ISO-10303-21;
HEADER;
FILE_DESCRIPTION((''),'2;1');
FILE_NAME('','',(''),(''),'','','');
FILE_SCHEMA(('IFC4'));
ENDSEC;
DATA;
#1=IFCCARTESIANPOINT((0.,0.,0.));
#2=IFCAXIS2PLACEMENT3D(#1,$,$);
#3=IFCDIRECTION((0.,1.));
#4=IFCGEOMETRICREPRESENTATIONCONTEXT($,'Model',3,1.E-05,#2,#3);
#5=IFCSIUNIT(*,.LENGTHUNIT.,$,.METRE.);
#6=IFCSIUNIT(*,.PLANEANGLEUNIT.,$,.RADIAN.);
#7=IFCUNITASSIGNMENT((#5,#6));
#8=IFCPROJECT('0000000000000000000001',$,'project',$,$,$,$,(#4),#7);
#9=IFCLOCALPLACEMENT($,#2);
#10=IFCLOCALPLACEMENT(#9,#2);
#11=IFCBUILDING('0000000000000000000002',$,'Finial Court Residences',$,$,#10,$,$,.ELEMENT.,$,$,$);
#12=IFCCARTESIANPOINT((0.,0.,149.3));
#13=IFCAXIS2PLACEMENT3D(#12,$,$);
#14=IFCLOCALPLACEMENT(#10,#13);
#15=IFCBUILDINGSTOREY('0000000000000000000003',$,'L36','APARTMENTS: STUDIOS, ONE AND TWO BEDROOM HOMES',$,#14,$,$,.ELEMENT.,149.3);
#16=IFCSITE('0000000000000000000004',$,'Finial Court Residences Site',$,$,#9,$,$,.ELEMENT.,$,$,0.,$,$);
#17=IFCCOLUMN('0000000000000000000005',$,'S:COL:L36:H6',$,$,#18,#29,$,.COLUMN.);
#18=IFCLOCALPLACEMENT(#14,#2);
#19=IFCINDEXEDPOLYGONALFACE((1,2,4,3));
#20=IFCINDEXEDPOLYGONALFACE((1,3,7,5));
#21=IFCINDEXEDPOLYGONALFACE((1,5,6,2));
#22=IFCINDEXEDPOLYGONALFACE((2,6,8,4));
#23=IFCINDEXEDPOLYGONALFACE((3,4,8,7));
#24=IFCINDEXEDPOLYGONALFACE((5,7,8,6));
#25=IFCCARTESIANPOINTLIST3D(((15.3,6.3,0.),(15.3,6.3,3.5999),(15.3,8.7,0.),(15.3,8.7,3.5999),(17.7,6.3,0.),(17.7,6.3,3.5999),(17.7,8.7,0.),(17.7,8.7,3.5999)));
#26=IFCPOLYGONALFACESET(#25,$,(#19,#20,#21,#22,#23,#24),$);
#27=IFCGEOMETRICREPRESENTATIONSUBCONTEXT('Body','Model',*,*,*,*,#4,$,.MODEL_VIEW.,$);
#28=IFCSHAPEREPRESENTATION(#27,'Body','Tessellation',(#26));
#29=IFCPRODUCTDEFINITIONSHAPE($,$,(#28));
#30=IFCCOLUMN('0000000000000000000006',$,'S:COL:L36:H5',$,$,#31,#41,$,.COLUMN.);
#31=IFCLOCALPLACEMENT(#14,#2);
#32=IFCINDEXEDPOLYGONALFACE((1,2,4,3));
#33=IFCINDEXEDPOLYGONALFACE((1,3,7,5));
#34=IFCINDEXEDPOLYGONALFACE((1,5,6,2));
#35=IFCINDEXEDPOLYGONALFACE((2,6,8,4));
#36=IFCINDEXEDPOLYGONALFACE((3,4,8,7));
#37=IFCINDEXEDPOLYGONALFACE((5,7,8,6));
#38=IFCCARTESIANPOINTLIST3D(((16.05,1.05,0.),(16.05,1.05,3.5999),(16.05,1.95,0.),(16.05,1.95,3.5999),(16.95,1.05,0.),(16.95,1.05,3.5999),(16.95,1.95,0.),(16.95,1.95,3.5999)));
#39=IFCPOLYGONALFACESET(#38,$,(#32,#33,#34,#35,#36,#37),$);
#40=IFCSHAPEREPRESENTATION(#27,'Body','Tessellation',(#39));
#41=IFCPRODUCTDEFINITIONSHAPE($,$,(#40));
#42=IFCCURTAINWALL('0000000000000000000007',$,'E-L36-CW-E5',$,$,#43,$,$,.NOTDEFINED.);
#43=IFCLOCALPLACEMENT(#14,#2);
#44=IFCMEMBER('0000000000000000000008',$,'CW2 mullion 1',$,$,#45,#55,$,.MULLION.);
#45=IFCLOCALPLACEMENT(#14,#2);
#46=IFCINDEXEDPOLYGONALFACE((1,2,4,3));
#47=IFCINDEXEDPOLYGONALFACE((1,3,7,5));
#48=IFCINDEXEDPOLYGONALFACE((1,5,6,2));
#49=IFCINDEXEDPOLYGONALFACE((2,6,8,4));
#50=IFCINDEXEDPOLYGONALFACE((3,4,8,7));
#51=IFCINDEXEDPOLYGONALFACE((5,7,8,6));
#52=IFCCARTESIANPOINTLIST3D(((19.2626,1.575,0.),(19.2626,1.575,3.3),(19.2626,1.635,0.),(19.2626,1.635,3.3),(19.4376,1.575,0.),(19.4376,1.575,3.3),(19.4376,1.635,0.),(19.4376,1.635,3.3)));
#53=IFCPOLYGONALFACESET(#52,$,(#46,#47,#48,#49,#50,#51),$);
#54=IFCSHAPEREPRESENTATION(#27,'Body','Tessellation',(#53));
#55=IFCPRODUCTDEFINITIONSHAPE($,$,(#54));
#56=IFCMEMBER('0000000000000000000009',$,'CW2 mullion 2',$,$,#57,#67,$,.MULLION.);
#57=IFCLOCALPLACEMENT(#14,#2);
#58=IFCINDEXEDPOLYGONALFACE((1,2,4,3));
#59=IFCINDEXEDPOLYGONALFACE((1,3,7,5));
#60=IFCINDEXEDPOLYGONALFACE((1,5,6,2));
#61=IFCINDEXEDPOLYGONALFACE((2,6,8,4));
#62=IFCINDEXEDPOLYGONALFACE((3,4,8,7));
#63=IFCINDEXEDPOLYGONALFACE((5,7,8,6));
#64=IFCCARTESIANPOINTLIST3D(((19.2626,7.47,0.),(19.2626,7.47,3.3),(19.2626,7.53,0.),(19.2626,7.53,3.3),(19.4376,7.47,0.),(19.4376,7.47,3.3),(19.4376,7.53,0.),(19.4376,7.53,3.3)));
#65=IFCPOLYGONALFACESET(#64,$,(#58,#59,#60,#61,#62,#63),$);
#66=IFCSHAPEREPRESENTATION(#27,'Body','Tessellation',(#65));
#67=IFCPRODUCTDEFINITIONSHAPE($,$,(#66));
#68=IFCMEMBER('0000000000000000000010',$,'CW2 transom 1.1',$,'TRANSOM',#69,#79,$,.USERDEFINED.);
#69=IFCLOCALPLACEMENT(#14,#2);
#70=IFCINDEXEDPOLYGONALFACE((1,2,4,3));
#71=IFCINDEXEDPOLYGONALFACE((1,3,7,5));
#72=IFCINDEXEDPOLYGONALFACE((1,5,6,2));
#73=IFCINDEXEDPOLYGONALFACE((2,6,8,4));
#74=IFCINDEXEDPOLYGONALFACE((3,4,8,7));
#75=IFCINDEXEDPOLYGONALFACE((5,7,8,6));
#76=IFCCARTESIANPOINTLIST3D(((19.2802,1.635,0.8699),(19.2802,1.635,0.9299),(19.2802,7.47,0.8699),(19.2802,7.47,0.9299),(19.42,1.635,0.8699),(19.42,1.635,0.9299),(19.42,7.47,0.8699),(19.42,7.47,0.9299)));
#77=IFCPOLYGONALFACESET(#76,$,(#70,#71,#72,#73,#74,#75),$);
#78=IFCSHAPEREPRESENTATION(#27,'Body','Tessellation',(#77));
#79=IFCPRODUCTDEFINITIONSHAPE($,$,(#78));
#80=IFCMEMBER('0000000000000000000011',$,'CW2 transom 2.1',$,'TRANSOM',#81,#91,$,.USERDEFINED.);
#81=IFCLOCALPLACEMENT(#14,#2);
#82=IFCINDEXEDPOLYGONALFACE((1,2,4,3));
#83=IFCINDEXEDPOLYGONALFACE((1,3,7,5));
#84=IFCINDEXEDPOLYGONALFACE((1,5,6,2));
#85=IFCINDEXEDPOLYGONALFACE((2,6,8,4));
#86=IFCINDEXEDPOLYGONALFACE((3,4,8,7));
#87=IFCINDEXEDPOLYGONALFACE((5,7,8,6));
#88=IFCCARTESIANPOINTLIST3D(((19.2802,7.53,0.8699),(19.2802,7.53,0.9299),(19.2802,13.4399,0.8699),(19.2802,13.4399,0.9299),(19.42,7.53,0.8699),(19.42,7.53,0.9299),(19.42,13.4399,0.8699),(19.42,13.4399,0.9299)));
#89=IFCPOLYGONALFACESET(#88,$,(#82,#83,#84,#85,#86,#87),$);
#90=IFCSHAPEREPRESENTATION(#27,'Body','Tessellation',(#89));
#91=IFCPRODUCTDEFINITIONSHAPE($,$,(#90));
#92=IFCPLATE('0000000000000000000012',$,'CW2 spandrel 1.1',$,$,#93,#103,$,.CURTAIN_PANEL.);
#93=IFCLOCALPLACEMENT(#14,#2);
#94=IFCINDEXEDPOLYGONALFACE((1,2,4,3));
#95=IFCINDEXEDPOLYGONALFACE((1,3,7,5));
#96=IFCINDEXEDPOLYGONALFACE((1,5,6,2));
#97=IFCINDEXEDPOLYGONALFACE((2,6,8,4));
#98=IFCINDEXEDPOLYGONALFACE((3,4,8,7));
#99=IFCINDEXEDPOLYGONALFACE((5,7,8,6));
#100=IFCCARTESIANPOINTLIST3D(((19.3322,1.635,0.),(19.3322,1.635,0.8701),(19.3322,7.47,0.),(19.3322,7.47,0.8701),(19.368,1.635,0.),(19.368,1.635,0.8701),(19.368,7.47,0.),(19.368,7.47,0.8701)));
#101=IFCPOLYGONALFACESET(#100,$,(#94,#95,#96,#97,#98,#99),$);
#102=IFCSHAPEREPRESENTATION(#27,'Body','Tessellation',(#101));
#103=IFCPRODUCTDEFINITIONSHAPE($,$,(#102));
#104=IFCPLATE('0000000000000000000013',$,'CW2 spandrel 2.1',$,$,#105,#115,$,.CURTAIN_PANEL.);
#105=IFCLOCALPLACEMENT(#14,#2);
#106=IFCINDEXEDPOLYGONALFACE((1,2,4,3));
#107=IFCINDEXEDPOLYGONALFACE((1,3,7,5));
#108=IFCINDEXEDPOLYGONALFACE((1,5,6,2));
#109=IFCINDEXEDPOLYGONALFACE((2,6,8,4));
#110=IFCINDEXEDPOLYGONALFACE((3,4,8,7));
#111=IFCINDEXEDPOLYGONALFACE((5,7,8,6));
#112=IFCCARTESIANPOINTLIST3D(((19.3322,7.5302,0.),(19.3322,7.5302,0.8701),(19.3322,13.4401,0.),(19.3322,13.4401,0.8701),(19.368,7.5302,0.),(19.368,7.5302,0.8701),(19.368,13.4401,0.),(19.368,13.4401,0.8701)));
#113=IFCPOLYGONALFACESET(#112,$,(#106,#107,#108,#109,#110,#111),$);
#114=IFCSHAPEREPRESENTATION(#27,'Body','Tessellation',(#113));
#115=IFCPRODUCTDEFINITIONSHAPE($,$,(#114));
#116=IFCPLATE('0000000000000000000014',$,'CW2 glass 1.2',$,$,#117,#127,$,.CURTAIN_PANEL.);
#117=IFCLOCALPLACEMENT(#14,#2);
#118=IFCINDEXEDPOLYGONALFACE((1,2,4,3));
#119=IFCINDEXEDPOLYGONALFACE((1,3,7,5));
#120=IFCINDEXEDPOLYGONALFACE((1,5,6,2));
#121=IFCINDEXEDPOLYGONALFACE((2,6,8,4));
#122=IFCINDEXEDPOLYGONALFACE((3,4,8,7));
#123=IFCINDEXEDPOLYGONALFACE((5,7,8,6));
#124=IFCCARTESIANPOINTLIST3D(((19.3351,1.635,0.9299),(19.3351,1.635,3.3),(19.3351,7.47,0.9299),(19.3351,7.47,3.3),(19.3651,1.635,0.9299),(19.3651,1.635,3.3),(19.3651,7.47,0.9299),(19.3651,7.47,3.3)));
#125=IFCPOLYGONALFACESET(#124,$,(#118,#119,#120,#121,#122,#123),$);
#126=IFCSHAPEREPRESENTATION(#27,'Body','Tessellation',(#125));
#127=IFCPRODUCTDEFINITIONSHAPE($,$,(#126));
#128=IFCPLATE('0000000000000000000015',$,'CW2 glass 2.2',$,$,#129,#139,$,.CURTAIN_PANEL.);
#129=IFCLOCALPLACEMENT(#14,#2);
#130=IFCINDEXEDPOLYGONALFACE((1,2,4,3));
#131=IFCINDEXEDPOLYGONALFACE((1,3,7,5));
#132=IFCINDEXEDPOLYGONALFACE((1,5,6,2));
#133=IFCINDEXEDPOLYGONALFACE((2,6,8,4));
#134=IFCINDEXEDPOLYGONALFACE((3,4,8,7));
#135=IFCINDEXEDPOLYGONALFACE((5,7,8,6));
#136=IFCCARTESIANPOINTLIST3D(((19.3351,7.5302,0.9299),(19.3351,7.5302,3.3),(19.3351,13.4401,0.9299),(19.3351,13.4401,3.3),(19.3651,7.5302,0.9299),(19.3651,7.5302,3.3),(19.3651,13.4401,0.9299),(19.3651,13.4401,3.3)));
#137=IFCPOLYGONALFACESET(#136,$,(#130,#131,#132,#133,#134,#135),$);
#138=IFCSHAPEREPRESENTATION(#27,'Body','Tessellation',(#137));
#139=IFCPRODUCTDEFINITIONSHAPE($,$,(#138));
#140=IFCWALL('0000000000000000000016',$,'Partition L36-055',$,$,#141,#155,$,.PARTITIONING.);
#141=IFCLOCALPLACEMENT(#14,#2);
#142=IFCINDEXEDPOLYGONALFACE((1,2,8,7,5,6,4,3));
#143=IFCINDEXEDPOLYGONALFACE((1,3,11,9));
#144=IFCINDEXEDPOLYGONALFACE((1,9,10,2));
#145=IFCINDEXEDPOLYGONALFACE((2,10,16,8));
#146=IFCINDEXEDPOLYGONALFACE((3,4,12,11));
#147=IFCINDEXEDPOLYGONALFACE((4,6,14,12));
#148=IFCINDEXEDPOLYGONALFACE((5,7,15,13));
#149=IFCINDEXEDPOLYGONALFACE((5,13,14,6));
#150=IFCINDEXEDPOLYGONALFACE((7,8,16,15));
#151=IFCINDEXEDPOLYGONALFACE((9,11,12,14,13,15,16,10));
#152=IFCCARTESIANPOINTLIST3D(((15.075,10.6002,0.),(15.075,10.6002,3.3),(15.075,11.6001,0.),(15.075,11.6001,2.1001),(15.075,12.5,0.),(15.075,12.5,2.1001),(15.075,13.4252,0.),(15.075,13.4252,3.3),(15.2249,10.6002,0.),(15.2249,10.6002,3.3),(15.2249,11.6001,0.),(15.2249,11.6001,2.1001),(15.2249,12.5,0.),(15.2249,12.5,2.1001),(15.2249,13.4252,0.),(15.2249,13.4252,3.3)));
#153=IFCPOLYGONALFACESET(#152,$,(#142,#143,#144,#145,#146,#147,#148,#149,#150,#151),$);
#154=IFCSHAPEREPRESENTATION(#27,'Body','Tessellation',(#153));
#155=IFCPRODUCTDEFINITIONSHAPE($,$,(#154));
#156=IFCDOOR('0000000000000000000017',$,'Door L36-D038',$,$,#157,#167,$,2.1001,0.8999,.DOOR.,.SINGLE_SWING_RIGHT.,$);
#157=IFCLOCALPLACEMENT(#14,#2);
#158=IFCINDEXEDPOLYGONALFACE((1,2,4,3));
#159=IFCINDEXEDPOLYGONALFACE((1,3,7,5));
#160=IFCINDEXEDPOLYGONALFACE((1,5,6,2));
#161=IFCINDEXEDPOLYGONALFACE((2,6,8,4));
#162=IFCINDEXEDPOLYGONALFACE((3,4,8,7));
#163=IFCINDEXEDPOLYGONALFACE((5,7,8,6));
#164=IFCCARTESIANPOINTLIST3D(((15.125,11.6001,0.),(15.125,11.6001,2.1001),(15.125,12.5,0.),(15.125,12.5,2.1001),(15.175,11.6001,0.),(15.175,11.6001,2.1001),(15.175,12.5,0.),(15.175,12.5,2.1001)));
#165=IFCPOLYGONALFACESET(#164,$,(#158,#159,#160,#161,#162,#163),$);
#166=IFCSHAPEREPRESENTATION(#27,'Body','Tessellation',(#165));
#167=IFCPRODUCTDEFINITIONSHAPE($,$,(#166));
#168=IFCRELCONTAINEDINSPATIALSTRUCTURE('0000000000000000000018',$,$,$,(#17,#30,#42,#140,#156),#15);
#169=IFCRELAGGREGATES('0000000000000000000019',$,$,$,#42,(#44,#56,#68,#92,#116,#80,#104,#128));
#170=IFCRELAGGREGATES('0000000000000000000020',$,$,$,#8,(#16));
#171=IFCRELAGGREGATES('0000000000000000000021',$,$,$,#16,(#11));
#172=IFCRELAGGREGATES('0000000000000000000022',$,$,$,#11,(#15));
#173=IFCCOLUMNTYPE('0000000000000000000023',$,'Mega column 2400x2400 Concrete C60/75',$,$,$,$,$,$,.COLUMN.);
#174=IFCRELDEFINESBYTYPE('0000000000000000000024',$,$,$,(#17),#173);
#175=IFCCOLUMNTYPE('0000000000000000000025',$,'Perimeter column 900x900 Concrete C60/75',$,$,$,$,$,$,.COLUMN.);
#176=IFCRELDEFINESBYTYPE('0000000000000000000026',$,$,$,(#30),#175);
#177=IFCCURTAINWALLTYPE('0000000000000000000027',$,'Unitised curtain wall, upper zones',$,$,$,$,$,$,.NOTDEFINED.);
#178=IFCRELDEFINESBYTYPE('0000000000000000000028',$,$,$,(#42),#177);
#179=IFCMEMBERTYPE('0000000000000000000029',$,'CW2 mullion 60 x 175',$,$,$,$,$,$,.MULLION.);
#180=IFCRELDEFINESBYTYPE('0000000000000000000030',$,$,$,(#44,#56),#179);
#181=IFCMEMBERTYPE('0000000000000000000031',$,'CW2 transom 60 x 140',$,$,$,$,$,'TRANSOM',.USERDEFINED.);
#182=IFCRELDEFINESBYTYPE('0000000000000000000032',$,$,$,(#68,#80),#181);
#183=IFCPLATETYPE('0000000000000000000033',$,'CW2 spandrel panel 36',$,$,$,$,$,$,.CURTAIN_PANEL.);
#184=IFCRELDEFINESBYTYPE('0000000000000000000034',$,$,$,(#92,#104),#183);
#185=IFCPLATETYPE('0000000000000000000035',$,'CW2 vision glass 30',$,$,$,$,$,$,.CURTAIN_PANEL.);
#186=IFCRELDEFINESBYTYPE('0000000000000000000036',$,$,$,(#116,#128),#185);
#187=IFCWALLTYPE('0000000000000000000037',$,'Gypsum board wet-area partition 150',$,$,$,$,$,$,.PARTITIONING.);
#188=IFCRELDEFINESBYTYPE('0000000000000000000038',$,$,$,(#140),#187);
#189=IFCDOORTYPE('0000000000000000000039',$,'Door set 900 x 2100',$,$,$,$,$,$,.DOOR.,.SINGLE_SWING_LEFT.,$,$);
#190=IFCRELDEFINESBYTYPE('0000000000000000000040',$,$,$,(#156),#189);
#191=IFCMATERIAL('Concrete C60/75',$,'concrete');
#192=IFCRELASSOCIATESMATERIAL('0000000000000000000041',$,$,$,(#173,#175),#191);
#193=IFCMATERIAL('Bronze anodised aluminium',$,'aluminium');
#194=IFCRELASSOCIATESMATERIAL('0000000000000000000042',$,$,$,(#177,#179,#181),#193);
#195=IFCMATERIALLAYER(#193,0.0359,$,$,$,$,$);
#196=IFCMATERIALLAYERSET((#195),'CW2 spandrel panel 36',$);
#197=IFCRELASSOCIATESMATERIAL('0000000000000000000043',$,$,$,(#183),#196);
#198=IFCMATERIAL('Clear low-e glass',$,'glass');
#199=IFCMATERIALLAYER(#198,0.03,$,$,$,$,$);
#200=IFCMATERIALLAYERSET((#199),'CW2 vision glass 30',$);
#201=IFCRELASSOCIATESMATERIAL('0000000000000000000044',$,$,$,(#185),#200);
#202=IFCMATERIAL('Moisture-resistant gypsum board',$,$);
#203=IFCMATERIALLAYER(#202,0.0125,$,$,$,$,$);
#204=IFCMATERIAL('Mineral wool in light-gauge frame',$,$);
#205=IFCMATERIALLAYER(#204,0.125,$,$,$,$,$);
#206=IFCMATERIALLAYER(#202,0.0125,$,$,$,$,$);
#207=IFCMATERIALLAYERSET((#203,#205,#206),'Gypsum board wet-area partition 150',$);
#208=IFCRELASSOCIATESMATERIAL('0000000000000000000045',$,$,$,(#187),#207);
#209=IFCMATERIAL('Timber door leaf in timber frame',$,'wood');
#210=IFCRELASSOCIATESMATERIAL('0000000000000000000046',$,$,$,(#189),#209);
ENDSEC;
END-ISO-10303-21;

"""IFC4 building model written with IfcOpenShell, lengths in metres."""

from ifc_helpers import new_model, si_unit, direction, frame, frame_2d, origin, origin_2d, place, context, subcontext, project, spatial, rectangle, extrude, material, layer, layer_set, material_profile, profile_set, type_object, element, fill, aggregate, save


model = new_model("IFC4")

# Units and contexts
model_context = context("Model", 3, precision=1e-05, world=origin(), true_north=direction((0.0, 1.0)))
body_context = subcontext(model_context, "Body", "Model", "MODEL_VIEW")
ifc_project = project(units=[si_unit("LENGTHUNIT", "METRE"), si_unit("PLANEANGLEUNIT", "RADIAN")], contexts=[model_context])

# Site, building, storey
site_placement = place(None, origin())
site = spatial("IfcSite", under=ifc_project, at=site_placement, Name="Finial Court Residences Site", CompositionType="ELEMENT", RefElevation=0.0)
building_placement = place(site_placement, origin())
building = spatial("IfcBuilding", under=site, at=building_placement, Name="Finial Court Residences", CompositionType="ELEMENT")
storey_placement = place(building_placement, frame((0.0, 0.0, 149.3)))
storey = spatial("IfcBuildingStorey", under=building, at=storey_placement, Name="L36", Description="APARTMENTS: STUDIOS, ONE AND TWO BEDROOM HOMES", CompositionType="ELEMENT", Elevation=149.3)

# Columns
ifc_material_1 = material(Name="Concrete C60/75", Category="concrete")
ifc_material_profile_1 = material_profile(ifc_material_1, rectangle(XDim=2.3999, YDim=2.3999, at=origin_2d()), Name="2400x2400")
ifc_profile_set_1 = profile_set([ifc_material_profile_1], Name="Concrete C60/75")
column_type_1 = type_object("IfcColumnType", Name="Mega column 2400x2400 Concrete C60/75", PredefinedType="COLUMN", material=ifc_profile_set_1)
column_1_placement = place(storey_placement, frame((16.5, 7.5, 0.0), z_axis=(0.0, 0.0, 1.0), x_axis=(1.0, 0.0, 0.0)))
element("IfcColumn", 1, at=column_1_placement, inside=storey, type_object=column_type_1, Name="S:COL:L36:H6", PredefinedType="COLUMN", context=body_context, shape_type="SweptSolid", body=[
    extrude(rectangle(XDim=2.3999, YDim=2.3999, at=origin_2d()), origin(), (0.0, 0.0, 1.0), 3.5999),
])
ifc_material_profile_2 = material_profile(ifc_material_1, rectangle(XDim=0.8999, YDim=0.8999, at=origin_2d()), Name="900x900")
ifc_profile_set_2 = profile_set([ifc_material_profile_2], Name="Concrete C60/75")
column_type_2 = type_object("IfcColumnType", Name="Perimeter column 900x900 Concrete C60/75", PredefinedType="COLUMN", material=ifc_profile_set_2)
column_2_placement = place(storey_placement, frame((16.5, 1.5, 0.0), z_axis=(0.0, 0.0, 1.0), x_axis=(1.0, 0.0, 0.0)))
element("IfcColumn", 2, at=column_2_placement, inside=storey, type_object=column_type_2, Name="S:COL:L36:H5", PredefinedType="COLUMN", context=body_context, shape_type="SweptSolid", body=[
    extrude(rectangle(XDim=0.8999, YDim=0.8999, at=origin_2d()), origin(), (0.0, 0.0, 1.0), 3.5999),
])

# Curtain wall, members, plates
ifc_material_2 = material(Name="Bronze anodised aluminium", Category="aluminium")
curtain_wall_type = type_object("IfcCurtainWallType", Name="Unitised curtain wall, upper zones", PredefinedType="NOTDEFINED", material=ifc_material_2)
curtain_wall_placement = place(storey_placement, origin())
curtain_wall = element("IfcCurtainWall", 3, at=curtain_wall_placement, inside=storey, type_object=curtain_wall_type, Name="E-L36-CW-E5", PredefinedType="NOTDEFINED")
ifc_material_profile_3 = material_profile(ifc_material_2, rectangle(XDim=0.175, YDim=0.0601, at=origin_2d()), Name="CW2 mullion 60 x 175")
ifc_profile_set_3 = profile_set([ifc_material_profile_3], Name="Bronze anodised aluminium")
member_type_1 = type_object("IfcMemberType", Name="CW2 mullion 60 x 175", PredefinedType="MULLION", material=ifc_profile_set_3)
member_1_placement = place(storey_placement, frame((19.3501, 1.605, 0.0), z_axis=(0.0, 0.0, 1.0), x_axis=(-1.0, 0.0, 0.0)))
member_1 = element("IfcMember", 4, at=member_1_placement, type_object=member_type_1, Name="CW2 mullion 1", PredefinedType="MULLION", context=body_context, shape_type="SweptSolid", body=[
    extrude(rectangle(XDim=0.175, YDim=0.0601, at=origin_2d()), origin(), (0.0, 0.0, 1.0), 3.3),
])
member_2_placement = place(storey_placement, frame((19.3501, 7.5, 0.0), z_axis=(0.0, 0.0, 1.0), x_axis=(-1.0, 0.0, 0.0)))
member_2 = element("IfcMember", 5, at=member_2_placement, type_object=member_type_1, Name="CW2 mullion 2", PredefinedType="MULLION", context=body_context, shape_type="SweptSolid", body=[
    extrude(rectangle(XDim=0.175, YDim=0.0601, at=origin_2d()), origin(), (0.0, 0.0, 1.0), 3.3),
])
ifc_material_profile_4 = material_profile(ifc_material_2, rectangle(XDim=0.1399, YDim=0.0601, at=origin_2d()), Name="CW2 transom 60 x 140")
ifc_profile_set_4 = profile_set([ifc_material_profile_4], Name="Bronze anodised aluminium")
member_type_2 = type_object("IfcMemberType", Name="CW2 transom 60 x 140", ElementType="TRANSOM", PredefinedType="USERDEFINED", material=ifc_profile_set_4)
member_3_placement = place(storey_placement, frame((19.3501, 1.635, 0.8999), z_axis=(0.0, 1.0, 0.0), x_axis=(-1.0, 0.0, 0.0)))
member_3 = element("IfcMember", 6, at=member_3_placement, type_object=member_type_2, Name="CW2 transom 1.1", ObjectType="TRANSOM", PredefinedType="USERDEFINED", context=body_context, shape_type="SweptSolid", body=[
    extrude(rectangle(XDim=0.1399, YDim=0.0601, at=origin_2d()), origin(), (0.0, 0.0, 1.0), 5.835),
])
member_4_placement = place(storey_placement, frame((19.3501, 7.53, 0.8999), z_axis=(0.0, 1.0, 0.0), x_axis=(-1.0, 0.0, 0.0)))
member_4 = element("IfcMember", 7, at=member_4_placement, type_object=member_type_2, Name="CW2 transom 2.1", ObjectType="TRANSOM", PredefinedType="USERDEFINED", context=body_context, shape_type="SweptSolid", body=[
    extrude(rectangle(XDim=0.1399, YDim=0.0601, at=origin_2d()), origin(), (0.0, 0.0, 1.0), 5.9099),
])
ifc_layer_1 = layer(ifc_material_2, 0.0359)
ifc_layer_set_1 = layer_set([ifc_layer_1], Name="CW2 spandrel panel 36")
plate_type_1 = type_object("IfcPlateType", Name="CW2 spandrel panel 36", PredefinedType="CURTAIN_PANEL", material=ifc_layer_set_1)
plate_1_placement = place(storey_placement, frame((19.3501, 4.5525, 0.0), z_axis=(0.0, 0.0, 1.0), x_axis=(0.0, 1.0, 0.0)))
plate_1 = element("IfcPlate", 8, at=plate_1_placement, type_object=plate_type_1, Name="CW2 spandrel 1.1", PredefinedType="CURTAIN_PANEL", context=body_context, shape_type="SweptSolid", body=[
    extrude(rectangle(XDim=5.835, YDim=0.0359, at=origin_2d()), origin(), (0.0, 0.0, 1.0), 0.8701),
])
plate_2_placement = place(storey_placement, frame((19.3501, 10.4851, 0.0), z_axis=(0.0, 0.0, 1.0), x_axis=(0.0, 1.0, 0.0)))
plate_2 = element("IfcPlate", 9, at=plate_2_placement, type_object=plate_type_1, Name="CW2 spandrel 2.1", PredefinedType="CURTAIN_PANEL", context=body_context, shape_type="SweptSolid", body=[
    extrude(rectangle(XDim=5.9099, YDim=0.0359, at=origin_2d()), origin(), (0.0, 0.0, 1.0), 0.8701),
])
ifc_material_3 = material(Name="Clear low-e glass", Category="glass")
ifc_layer_2 = layer(ifc_material_3, 0.03)
ifc_layer_set_2 = layer_set([ifc_layer_2], Name="CW2 vision glass 30")
plate_type_2 = type_object("IfcPlateType", Name="CW2 vision glass 30", PredefinedType="CURTAIN_PANEL", material=ifc_layer_set_2)
plate_3_placement = place(storey_placement, frame((19.3501, 4.5525, 0.9299), z_axis=(0.0, 0.0, 1.0), x_axis=(0.0, 1.0, 0.0)))
plate_3 = element("IfcPlate", 10, at=plate_3_placement, type_object=plate_type_2, Name="CW2 glass 1.2", PredefinedType="CURTAIN_PANEL", context=body_context, shape_type="SweptSolid", body=[
    extrude(rectangle(XDim=5.835, YDim=0.03, at=origin_2d()), origin(), (0.0, 0.0, 1.0), 2.3701),
])
plate_4_placement = place(storey_placement, frame((19.3501, 10.4851, 0.9299), z_axis=(0.0, 0.0, 1.0), x_axis=(0.0, 1.0, 0.0)))
plate_4 = element("IfcPlate", 11, at=plate_4_placement, type_object=plate_type_2, Name="CW2 glass 2.2", PredefinedType="CURTAIN_PANEL", context=body_context, shape_type="SweptSolid", body=[
    extrude(rectangle(XDim=5.9099, YDim=0.03, at=origin_2d()), origin(), (0.0, 0.0, 1.0), 2.3701),
])
aggregate(curtain_wall, [member_1, member_2, member_3, plate_1, plate_3, member_4, plate_2, plate_4])

# Wall, opening, door
ifc_material_4 = material(Name="Moisture-resistant gypsum board")
ifc_layer_3 = layer(ifc_material_4, 0.0125)
ifc_material_5 = material(Name="Mineral wool in light-gauge frame")
ifc_layer_4 = layer(ifc_material_5, 0.125)
ifc_layer_5 = layer(ifc_material_4, 0.0125)
ifc_layer_set_3 = layer_set([ifc_layer_3, ifc_layer_4, ifc_layer_5], Name="Gypsum board wet-area partition 150")
wall_type_1 = type_object("IfcWallType", Name="Gypsum board wet-area partition 150", PredefinedType="PARTITIONING", material=ifc_layer_set_3)
wall_1_placement = place(storey_placement, frame((15.1499, 10.6001, 0.0), z_axis=(0.0, 0.0, 1.0), x_axis=(0.0, 1.0, 0.0)))
wall_1 = element("IfcWall", 12, at=wall_1_placement, inside=storey, type_object=wall_type_1, Name="Partition L36-055", PredefinedType="PARTITIONING", context=body_context, shape_type="SweptSolid", body=[
    extrude(rectangle(XDim=2.825, YDim=0.1499, at=frame_2d((1.4126, 0.0))), origin(), (0.0, 0.0, 1.0), 3.3),
])
opening_1_placement = place(wall_1_placement, frame((1.0, 0.0, 0.0)))
opening_1 = element("IfcOpeningElement", 13, at=opening_1_placement, cuts=wall_1, PredefinedType="OPENING", context=body_context, shape_type="SweptSolid", body=[
    extrude(rectangle(XDim=0.8999, YDim=2.1001, at=frame_2d((0.45, 1.05))), frame((0.0, 0.085, 0.0), z_axis=(0.0, -1.0, 0.0), x_axis=(1.0, 0.0, 0.0)), (0.0, 0.0, 1.0), 0.1699),
])
ifc_material_6 = material(Name="Timber door leaf in timber frame", Category="wood")
door_type_1 = type_object("IfcDoorType", Name="Door set 900 x 2100", OperationType="SINGLE_SWING_LEFT", PredefinedType="DOOR", material=ifc_material_6)
door_1_placement = place(opening_1_placement, origin())
door_1 = element("IfcDoor", 14, at=door_1_placement, inside=storey, type_object=door_type_1, Name="Door L36-D038", OperationType="SINGLE_SWING_RIGHT", OverallHeight=2.1001, OverallWidth=0.8999, PredefinedType="DOOR", context=body_context, shape_type="SweptSolid", body=[
    extrude(rectangle(XDim=0.8999, YDim=2.1001, at=frame_2d((0.45, 1.05))), frame((0.0, 0.0249, 0.0), z_axis=(0.0, -1.0, 0.0), x_axis=(1.0, 0.0, 0.0)), (0.0, 0.0, 1.0), 0.05),
])
fill(opening_1, door_1)

save(model, "model.ifc")
